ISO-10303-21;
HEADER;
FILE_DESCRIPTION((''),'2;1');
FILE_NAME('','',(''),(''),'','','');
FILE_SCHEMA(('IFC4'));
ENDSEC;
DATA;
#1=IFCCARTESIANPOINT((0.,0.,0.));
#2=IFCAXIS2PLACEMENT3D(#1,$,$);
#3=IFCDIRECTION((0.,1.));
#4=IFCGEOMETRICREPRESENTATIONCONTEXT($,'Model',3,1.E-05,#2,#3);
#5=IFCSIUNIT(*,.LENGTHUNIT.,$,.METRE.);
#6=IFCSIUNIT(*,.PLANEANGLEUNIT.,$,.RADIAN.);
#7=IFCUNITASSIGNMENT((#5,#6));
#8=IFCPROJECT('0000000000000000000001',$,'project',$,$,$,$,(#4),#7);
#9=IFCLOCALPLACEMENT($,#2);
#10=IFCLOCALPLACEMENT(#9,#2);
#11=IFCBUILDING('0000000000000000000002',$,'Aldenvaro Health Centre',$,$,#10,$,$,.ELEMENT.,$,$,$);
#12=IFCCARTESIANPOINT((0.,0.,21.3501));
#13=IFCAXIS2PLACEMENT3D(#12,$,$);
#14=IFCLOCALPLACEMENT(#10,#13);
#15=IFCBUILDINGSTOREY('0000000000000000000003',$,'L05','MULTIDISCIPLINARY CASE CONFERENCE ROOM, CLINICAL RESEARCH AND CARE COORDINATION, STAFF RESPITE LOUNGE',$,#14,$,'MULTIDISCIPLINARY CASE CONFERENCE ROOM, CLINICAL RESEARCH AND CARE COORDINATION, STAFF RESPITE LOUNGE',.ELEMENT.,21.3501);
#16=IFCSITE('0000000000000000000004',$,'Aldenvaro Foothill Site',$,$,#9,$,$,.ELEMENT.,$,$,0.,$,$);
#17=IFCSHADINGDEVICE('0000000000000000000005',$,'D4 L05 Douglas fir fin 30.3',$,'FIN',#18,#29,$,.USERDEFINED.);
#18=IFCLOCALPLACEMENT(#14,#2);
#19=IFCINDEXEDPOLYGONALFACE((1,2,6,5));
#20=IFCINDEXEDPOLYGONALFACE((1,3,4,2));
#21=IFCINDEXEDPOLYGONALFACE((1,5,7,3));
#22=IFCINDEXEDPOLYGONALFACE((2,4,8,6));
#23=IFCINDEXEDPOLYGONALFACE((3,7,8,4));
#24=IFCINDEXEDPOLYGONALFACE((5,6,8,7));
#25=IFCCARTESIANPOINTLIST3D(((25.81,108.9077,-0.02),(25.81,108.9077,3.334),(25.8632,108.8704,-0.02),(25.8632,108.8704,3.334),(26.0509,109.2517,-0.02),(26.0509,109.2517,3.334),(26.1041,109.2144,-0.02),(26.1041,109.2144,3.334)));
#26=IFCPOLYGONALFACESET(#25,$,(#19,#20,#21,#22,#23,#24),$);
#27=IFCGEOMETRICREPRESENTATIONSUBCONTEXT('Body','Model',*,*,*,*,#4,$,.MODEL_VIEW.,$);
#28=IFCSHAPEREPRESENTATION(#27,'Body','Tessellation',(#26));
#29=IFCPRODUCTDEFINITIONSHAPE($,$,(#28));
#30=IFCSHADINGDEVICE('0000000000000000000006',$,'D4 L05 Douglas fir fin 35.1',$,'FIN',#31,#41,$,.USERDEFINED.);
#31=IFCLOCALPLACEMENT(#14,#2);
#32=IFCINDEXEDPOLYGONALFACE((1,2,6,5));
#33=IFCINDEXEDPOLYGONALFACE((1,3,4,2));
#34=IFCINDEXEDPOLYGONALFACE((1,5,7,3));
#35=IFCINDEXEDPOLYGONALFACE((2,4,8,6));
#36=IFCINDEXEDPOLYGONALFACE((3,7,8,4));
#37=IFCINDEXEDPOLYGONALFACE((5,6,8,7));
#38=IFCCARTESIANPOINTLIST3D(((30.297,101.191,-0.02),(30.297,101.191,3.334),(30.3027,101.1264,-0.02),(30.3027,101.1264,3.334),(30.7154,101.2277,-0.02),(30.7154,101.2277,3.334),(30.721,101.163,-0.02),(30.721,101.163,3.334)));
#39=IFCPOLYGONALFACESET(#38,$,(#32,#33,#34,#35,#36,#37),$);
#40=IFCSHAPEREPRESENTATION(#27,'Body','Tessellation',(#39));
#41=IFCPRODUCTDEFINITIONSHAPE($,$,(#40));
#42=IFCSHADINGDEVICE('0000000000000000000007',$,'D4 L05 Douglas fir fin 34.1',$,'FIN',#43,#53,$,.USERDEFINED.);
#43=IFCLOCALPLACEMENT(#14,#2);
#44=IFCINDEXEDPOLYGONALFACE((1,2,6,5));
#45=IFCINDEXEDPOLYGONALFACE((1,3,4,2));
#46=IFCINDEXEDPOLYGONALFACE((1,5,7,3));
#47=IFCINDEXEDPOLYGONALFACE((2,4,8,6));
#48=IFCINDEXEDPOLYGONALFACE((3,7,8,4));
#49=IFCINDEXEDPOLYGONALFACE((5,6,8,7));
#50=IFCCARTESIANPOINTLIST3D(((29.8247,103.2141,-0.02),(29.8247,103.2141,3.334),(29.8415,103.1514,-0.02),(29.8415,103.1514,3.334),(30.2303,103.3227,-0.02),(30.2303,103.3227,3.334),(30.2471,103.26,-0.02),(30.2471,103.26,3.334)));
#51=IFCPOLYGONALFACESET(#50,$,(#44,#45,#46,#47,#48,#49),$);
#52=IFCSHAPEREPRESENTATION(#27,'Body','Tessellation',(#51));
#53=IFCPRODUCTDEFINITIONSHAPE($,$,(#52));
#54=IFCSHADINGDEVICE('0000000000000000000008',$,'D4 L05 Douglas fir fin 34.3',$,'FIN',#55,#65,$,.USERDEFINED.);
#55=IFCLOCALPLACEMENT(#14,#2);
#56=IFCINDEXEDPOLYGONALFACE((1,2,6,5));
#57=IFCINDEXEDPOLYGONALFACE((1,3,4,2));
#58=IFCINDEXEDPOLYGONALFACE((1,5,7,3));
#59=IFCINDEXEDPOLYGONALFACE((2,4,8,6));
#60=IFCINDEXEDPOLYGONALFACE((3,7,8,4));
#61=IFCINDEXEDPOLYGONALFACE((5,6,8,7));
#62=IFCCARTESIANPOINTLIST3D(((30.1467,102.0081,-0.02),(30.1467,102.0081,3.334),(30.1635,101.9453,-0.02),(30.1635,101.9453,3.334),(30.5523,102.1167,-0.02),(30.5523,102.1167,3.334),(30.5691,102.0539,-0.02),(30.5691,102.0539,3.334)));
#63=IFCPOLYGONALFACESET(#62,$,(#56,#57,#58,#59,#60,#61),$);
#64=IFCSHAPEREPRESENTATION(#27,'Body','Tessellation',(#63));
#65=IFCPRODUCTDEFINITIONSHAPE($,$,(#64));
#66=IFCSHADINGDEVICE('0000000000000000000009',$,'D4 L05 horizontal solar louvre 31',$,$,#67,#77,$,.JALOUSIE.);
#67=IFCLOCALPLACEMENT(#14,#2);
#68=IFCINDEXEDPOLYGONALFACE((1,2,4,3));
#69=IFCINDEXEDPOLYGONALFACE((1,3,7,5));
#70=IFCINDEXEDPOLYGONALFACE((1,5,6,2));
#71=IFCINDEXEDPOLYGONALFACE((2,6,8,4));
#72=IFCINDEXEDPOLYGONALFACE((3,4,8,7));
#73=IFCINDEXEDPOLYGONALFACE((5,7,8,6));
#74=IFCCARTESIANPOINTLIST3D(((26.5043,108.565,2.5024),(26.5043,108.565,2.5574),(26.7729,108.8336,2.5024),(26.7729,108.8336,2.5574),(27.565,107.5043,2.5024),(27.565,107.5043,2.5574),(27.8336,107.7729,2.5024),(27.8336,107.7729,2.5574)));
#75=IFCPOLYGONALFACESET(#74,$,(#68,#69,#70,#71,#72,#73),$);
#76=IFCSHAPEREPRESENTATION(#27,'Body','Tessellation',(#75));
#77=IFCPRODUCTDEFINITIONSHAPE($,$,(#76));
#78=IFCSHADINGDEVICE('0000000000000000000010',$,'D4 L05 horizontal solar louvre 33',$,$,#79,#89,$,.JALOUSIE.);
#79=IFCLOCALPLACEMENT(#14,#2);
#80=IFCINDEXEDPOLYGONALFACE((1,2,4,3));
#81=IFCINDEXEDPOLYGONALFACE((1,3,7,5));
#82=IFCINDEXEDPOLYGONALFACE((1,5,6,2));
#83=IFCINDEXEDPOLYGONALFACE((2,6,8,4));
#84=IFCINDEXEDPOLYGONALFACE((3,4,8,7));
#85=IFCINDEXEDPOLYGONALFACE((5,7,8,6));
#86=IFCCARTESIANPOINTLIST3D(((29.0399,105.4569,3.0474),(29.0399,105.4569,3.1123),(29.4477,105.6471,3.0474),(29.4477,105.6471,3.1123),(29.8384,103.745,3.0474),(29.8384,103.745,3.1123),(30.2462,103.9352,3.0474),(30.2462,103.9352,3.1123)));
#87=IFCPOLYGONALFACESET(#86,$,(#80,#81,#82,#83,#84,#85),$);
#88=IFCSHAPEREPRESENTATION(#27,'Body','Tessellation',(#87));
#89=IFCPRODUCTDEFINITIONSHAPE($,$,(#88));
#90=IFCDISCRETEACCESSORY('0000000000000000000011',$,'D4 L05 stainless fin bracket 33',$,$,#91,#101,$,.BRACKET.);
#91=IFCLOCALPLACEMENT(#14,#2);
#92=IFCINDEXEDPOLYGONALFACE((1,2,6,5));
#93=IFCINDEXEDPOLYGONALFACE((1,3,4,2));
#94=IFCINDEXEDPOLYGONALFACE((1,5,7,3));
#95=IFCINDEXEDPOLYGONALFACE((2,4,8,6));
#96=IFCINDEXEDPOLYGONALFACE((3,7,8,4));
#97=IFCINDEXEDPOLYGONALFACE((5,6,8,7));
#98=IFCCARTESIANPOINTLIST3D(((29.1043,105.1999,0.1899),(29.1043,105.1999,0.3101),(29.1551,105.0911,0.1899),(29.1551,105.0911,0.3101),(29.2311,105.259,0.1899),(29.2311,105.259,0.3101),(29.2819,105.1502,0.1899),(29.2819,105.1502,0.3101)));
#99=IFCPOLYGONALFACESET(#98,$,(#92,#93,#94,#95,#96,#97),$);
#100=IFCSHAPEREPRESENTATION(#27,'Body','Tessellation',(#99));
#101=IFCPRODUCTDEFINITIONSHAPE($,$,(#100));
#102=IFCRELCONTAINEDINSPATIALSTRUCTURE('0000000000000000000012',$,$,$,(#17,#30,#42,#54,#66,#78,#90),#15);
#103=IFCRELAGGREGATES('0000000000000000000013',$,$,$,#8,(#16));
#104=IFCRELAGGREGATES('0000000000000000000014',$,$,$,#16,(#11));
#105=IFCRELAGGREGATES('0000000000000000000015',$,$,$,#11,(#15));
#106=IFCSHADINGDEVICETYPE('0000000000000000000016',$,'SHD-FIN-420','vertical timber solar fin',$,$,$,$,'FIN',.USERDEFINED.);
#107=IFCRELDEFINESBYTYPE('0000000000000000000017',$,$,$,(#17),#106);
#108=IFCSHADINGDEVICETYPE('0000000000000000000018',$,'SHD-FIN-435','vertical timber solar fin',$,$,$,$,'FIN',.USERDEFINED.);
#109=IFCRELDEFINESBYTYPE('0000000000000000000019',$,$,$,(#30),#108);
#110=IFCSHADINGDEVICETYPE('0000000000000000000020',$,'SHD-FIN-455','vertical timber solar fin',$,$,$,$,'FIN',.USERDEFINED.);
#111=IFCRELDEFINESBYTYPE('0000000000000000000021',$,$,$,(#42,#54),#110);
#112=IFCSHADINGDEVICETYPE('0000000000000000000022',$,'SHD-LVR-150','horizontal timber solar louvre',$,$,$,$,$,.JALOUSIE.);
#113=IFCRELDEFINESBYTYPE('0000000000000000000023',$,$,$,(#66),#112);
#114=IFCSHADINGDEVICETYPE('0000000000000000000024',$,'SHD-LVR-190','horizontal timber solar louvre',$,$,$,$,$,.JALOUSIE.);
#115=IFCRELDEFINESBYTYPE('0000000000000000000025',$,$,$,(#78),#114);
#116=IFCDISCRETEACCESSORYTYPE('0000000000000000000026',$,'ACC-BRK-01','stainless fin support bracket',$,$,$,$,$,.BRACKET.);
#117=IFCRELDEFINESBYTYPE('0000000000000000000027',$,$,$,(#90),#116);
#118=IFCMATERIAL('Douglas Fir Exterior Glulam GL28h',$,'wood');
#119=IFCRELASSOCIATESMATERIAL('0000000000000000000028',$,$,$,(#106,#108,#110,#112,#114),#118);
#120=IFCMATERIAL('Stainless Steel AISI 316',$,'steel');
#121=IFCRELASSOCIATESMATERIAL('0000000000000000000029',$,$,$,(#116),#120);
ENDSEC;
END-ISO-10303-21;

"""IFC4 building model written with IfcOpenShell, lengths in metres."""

from ifc_helpers import new_model, si_unit, direction, frame, origin, origin_2d, place, context, subcontext, project, spatial, rectangle, extrude, material, type_object, element, save


model = new_model("IFC4")

# Units and contexts
model_context = context("Model", 3, precision=1e-05, world=origin(), true_north=direction((0.0, 1.0)))
body_context = subcontext(model_context, "Body", "Model", "MODEL_VIEW")
ifc_project = project(units=[si_unit("LENGTHUNIT", "METRE"), si_unit("PLANEANGLEUNIT", "RADIAN")], contexts=[model_context])

# Site, building, storey
site_placement = place(None, origin())
site = spatial("IfcSite", under=ifc_project, at=site_placement, Name="Aldenvaro Foothill Site", CompositionType="ELEMENT", RefElevation=0.0)
building_placement = place(site_placement, origin())
building = spatial("IfcBuilding", under=site, at=building_placement, Name="Aldenvaro Health Centre", CompositionType="ELEMENT")
storey_placement = place(building_placement, frame((0.0, 0.0, 21.3501)))
storey = spatial("IfcBuildingStorey", under=building, at=storey_placement, Name="L05", Description="MULTIDISCIPLINARY CASE CONFERENCE ROOM, CLINICAL RESEARCH AND CARE COORDINATION, STAFF RESPITE LOUNGE", LongName="MULTIDISCIPLINARY CASE CONFERENCE ROOM, CLINICAL RESEARCH AND CARE COORDINATION, STAFF RESPITE LOUNGE", CompositionType="ELEMENT", Elevation=21.3501)

# Shading devices
ifc_material_1 = material(Name="Douglas Fir Exterior Glulam GL28h", Category="wood")
shading_device_type_1 = type_object("IfcShadingDeviceType", Name="SHD-FIN-420", Description="vertical timber solar fin", ElementType="FIN", PredefinedType="USERDEFINED", material=ifc_material_1)
shading_device_1_placement = place(storey_placement, frame((25.957, 109.061, -0.02), z_axis=(0.0, 0.0, 1.0), x_axis=(0.819164, -0.573559, 0.0)))
element("IfcShadingDevice", 1, at=shading_device_1_placement, inside=storey, type_object=shading_device_type_1, Name="D4 L05 Douglas fir fin 30.3", ObjectType="FIN", PredefinedType="USERDEFINED", context=body_context, shape_type="SweptSolid", body=[
    extrude(rectangle(XDim=0.0649, YDim=0.4199, at=origin_2d()), origin(), (0.0, 0.0, 1.0), 3.354),
])
shading_device_type_2 = type_object("IfcShadingDeviceType", Name="SHD-FIN-435", Description="vertical timber solar fin", ElementType="FIN", PredefinedType="USERDEFINED", material=ifc_material_1)
shading_device_2_placement = place(storey_placement, frame((30.509, 101.177, -0.02), z_axis=(0.0, 0.0, 1.0), x_axis=(0.087167, -0.996194, 0.0)))
element("IfcShadingDevice", 2, at=shading_device_2_placement, inside=storey, type_object=shading_device_type_2, Name="D4 L05 Douglas fir fin 35.1", ObjectType="FIN", PredefinedType="USERDEFINED", context=body_context, shape_type="SweptSolid", body=[
    extrude(rectangle(XDim=0.0649, YDim=0.4199, at=origin_2d()), origin(), (0.0, 0.0, 1.0), 3.354),
])
shading_device_type_3 = type_object("IfcShadingDeviceType", Name="SHD-FIN-455", Description="vertical timber solar fin", ElementType="FIN", PredefinedType="USERDEFINED", material=ifc_material_1)
for number, where, z_axis, x_axis, name in (
    (3, (30.0359, 103.2371, -0.02), (0.0, 0.0, 1.0), (0.258616, -0.96598, 0.0), "D4 L05 Douglas fir fin 34.1"),
    (4, (30.3579, 102.031, -0.02), (0.0, 0.0, 1.0), (0.258616, -0.96598, 0.0), "D4 L05 Douglas fir fin 34.3"),
):
    element("IfcShadingDevice", number, at=place(storey_placement, frame(where, z_axis=z_axis, x_axis=x_axis)), inside=storey, type_object=shading_device_type_3, Name=name, ObjectType="FIN", PredefinedType="USERDEFINED", context=body_context, shape_type="SweptSolid", body=[
        extrude(rectangle(XDim=0.0649, YDim=0.4199, at=origin_2d()), origin(), (0.0, 0.0, 1.0), 3.354),
    ])
shading_device_type_4 = type_object("IfcShadingDeviceType", Name="SHD-LVR-150", Description="horizontal timber solar louvre", PredefinedType="JALOUSIE", material=ifc_material_1)
shading_device_3_placement = place(storey_placement, frame((27.1689, 108.1689, 2.5024), z_axis=(0.0, 0.0, 1.0), x_axis=(0.707107, -0.707107, 0.0)))
element("IfcShadingDevice", 5, at=shading_device_3_placement, inside=storey, type_object=shading_device_type_4, Name="D4 L05 horizontal solar louvre 31", PredefinedType="JALOUSIE", context=body_context, shape_type="SweptSolid", body=[
    extrude(rectangle(XDim=1.5, YDim=0.3799, at=origin_2d()), origin(), (0.0, 0.0, 1.0), 0.0549),
])
shading_device_type_5 = type_object("IfcShadingDeviceType", Name="SHD-LVR-190", Description="horizontal timber solar louvre", PredefinedType="JALOUSIE", material=ifc_material_1)
shading_device_4_placement = place(storey_placement, frame((29.6431, 104.696, 3.0474), z_axis=(0.0, 0.0, 1.0), x_axis=(0.422728, -0.906257, 0.0)))
element("IfcShadingDevice", 6, at=shading_device_4_placement, inside=storey, type_object=shading_device_type_5, Name="D4 L05 horizontal solar louvre 33", PredefinedType="JALOUSIE", context=body_context, shape_type="SweptSolid", body=[
    extrude(rectangle(XDim=1.8889, YDim=0.45, at=origin_2d()), origin(), (0.0, 0.0, 1.0), 0.0649),
])

# Discrete accessory
ifc_material_2 = material(Name="Stainless Steel AISI 316", Category="steel")
discrete_accessory_type = type_object("IfcDiscreteAccessoryType", Name="ACC-BRK-01", Description="stainless fin support bracket", PredefinedType="BRACKET", material=ifc_material_2)
discrete_accessory_placement = place(storey_placement, frame((29.1931, 105.175, 0.1899), z_axis=(0.0, 0.0, 1.0), x_axis=(0.422728, -0.906257, 0.0)))
element("IfcDiscreteAccessory", 7, at=discrete_accessory_placement, inside=storey, type_object=discrete_accessory_type, Name="D4 L05 stainless fin bracket 33", PredefinedType="BRACKET", context=body_context, shape_type="SweptSolid", body=[
    extrude(rectangle(XDim=0.1201, YDim=0.1399, at=origin_2d()), origin(), (0.0, 0.0, 1.0), 0.1201),
])

save(model, "model.ifc")
